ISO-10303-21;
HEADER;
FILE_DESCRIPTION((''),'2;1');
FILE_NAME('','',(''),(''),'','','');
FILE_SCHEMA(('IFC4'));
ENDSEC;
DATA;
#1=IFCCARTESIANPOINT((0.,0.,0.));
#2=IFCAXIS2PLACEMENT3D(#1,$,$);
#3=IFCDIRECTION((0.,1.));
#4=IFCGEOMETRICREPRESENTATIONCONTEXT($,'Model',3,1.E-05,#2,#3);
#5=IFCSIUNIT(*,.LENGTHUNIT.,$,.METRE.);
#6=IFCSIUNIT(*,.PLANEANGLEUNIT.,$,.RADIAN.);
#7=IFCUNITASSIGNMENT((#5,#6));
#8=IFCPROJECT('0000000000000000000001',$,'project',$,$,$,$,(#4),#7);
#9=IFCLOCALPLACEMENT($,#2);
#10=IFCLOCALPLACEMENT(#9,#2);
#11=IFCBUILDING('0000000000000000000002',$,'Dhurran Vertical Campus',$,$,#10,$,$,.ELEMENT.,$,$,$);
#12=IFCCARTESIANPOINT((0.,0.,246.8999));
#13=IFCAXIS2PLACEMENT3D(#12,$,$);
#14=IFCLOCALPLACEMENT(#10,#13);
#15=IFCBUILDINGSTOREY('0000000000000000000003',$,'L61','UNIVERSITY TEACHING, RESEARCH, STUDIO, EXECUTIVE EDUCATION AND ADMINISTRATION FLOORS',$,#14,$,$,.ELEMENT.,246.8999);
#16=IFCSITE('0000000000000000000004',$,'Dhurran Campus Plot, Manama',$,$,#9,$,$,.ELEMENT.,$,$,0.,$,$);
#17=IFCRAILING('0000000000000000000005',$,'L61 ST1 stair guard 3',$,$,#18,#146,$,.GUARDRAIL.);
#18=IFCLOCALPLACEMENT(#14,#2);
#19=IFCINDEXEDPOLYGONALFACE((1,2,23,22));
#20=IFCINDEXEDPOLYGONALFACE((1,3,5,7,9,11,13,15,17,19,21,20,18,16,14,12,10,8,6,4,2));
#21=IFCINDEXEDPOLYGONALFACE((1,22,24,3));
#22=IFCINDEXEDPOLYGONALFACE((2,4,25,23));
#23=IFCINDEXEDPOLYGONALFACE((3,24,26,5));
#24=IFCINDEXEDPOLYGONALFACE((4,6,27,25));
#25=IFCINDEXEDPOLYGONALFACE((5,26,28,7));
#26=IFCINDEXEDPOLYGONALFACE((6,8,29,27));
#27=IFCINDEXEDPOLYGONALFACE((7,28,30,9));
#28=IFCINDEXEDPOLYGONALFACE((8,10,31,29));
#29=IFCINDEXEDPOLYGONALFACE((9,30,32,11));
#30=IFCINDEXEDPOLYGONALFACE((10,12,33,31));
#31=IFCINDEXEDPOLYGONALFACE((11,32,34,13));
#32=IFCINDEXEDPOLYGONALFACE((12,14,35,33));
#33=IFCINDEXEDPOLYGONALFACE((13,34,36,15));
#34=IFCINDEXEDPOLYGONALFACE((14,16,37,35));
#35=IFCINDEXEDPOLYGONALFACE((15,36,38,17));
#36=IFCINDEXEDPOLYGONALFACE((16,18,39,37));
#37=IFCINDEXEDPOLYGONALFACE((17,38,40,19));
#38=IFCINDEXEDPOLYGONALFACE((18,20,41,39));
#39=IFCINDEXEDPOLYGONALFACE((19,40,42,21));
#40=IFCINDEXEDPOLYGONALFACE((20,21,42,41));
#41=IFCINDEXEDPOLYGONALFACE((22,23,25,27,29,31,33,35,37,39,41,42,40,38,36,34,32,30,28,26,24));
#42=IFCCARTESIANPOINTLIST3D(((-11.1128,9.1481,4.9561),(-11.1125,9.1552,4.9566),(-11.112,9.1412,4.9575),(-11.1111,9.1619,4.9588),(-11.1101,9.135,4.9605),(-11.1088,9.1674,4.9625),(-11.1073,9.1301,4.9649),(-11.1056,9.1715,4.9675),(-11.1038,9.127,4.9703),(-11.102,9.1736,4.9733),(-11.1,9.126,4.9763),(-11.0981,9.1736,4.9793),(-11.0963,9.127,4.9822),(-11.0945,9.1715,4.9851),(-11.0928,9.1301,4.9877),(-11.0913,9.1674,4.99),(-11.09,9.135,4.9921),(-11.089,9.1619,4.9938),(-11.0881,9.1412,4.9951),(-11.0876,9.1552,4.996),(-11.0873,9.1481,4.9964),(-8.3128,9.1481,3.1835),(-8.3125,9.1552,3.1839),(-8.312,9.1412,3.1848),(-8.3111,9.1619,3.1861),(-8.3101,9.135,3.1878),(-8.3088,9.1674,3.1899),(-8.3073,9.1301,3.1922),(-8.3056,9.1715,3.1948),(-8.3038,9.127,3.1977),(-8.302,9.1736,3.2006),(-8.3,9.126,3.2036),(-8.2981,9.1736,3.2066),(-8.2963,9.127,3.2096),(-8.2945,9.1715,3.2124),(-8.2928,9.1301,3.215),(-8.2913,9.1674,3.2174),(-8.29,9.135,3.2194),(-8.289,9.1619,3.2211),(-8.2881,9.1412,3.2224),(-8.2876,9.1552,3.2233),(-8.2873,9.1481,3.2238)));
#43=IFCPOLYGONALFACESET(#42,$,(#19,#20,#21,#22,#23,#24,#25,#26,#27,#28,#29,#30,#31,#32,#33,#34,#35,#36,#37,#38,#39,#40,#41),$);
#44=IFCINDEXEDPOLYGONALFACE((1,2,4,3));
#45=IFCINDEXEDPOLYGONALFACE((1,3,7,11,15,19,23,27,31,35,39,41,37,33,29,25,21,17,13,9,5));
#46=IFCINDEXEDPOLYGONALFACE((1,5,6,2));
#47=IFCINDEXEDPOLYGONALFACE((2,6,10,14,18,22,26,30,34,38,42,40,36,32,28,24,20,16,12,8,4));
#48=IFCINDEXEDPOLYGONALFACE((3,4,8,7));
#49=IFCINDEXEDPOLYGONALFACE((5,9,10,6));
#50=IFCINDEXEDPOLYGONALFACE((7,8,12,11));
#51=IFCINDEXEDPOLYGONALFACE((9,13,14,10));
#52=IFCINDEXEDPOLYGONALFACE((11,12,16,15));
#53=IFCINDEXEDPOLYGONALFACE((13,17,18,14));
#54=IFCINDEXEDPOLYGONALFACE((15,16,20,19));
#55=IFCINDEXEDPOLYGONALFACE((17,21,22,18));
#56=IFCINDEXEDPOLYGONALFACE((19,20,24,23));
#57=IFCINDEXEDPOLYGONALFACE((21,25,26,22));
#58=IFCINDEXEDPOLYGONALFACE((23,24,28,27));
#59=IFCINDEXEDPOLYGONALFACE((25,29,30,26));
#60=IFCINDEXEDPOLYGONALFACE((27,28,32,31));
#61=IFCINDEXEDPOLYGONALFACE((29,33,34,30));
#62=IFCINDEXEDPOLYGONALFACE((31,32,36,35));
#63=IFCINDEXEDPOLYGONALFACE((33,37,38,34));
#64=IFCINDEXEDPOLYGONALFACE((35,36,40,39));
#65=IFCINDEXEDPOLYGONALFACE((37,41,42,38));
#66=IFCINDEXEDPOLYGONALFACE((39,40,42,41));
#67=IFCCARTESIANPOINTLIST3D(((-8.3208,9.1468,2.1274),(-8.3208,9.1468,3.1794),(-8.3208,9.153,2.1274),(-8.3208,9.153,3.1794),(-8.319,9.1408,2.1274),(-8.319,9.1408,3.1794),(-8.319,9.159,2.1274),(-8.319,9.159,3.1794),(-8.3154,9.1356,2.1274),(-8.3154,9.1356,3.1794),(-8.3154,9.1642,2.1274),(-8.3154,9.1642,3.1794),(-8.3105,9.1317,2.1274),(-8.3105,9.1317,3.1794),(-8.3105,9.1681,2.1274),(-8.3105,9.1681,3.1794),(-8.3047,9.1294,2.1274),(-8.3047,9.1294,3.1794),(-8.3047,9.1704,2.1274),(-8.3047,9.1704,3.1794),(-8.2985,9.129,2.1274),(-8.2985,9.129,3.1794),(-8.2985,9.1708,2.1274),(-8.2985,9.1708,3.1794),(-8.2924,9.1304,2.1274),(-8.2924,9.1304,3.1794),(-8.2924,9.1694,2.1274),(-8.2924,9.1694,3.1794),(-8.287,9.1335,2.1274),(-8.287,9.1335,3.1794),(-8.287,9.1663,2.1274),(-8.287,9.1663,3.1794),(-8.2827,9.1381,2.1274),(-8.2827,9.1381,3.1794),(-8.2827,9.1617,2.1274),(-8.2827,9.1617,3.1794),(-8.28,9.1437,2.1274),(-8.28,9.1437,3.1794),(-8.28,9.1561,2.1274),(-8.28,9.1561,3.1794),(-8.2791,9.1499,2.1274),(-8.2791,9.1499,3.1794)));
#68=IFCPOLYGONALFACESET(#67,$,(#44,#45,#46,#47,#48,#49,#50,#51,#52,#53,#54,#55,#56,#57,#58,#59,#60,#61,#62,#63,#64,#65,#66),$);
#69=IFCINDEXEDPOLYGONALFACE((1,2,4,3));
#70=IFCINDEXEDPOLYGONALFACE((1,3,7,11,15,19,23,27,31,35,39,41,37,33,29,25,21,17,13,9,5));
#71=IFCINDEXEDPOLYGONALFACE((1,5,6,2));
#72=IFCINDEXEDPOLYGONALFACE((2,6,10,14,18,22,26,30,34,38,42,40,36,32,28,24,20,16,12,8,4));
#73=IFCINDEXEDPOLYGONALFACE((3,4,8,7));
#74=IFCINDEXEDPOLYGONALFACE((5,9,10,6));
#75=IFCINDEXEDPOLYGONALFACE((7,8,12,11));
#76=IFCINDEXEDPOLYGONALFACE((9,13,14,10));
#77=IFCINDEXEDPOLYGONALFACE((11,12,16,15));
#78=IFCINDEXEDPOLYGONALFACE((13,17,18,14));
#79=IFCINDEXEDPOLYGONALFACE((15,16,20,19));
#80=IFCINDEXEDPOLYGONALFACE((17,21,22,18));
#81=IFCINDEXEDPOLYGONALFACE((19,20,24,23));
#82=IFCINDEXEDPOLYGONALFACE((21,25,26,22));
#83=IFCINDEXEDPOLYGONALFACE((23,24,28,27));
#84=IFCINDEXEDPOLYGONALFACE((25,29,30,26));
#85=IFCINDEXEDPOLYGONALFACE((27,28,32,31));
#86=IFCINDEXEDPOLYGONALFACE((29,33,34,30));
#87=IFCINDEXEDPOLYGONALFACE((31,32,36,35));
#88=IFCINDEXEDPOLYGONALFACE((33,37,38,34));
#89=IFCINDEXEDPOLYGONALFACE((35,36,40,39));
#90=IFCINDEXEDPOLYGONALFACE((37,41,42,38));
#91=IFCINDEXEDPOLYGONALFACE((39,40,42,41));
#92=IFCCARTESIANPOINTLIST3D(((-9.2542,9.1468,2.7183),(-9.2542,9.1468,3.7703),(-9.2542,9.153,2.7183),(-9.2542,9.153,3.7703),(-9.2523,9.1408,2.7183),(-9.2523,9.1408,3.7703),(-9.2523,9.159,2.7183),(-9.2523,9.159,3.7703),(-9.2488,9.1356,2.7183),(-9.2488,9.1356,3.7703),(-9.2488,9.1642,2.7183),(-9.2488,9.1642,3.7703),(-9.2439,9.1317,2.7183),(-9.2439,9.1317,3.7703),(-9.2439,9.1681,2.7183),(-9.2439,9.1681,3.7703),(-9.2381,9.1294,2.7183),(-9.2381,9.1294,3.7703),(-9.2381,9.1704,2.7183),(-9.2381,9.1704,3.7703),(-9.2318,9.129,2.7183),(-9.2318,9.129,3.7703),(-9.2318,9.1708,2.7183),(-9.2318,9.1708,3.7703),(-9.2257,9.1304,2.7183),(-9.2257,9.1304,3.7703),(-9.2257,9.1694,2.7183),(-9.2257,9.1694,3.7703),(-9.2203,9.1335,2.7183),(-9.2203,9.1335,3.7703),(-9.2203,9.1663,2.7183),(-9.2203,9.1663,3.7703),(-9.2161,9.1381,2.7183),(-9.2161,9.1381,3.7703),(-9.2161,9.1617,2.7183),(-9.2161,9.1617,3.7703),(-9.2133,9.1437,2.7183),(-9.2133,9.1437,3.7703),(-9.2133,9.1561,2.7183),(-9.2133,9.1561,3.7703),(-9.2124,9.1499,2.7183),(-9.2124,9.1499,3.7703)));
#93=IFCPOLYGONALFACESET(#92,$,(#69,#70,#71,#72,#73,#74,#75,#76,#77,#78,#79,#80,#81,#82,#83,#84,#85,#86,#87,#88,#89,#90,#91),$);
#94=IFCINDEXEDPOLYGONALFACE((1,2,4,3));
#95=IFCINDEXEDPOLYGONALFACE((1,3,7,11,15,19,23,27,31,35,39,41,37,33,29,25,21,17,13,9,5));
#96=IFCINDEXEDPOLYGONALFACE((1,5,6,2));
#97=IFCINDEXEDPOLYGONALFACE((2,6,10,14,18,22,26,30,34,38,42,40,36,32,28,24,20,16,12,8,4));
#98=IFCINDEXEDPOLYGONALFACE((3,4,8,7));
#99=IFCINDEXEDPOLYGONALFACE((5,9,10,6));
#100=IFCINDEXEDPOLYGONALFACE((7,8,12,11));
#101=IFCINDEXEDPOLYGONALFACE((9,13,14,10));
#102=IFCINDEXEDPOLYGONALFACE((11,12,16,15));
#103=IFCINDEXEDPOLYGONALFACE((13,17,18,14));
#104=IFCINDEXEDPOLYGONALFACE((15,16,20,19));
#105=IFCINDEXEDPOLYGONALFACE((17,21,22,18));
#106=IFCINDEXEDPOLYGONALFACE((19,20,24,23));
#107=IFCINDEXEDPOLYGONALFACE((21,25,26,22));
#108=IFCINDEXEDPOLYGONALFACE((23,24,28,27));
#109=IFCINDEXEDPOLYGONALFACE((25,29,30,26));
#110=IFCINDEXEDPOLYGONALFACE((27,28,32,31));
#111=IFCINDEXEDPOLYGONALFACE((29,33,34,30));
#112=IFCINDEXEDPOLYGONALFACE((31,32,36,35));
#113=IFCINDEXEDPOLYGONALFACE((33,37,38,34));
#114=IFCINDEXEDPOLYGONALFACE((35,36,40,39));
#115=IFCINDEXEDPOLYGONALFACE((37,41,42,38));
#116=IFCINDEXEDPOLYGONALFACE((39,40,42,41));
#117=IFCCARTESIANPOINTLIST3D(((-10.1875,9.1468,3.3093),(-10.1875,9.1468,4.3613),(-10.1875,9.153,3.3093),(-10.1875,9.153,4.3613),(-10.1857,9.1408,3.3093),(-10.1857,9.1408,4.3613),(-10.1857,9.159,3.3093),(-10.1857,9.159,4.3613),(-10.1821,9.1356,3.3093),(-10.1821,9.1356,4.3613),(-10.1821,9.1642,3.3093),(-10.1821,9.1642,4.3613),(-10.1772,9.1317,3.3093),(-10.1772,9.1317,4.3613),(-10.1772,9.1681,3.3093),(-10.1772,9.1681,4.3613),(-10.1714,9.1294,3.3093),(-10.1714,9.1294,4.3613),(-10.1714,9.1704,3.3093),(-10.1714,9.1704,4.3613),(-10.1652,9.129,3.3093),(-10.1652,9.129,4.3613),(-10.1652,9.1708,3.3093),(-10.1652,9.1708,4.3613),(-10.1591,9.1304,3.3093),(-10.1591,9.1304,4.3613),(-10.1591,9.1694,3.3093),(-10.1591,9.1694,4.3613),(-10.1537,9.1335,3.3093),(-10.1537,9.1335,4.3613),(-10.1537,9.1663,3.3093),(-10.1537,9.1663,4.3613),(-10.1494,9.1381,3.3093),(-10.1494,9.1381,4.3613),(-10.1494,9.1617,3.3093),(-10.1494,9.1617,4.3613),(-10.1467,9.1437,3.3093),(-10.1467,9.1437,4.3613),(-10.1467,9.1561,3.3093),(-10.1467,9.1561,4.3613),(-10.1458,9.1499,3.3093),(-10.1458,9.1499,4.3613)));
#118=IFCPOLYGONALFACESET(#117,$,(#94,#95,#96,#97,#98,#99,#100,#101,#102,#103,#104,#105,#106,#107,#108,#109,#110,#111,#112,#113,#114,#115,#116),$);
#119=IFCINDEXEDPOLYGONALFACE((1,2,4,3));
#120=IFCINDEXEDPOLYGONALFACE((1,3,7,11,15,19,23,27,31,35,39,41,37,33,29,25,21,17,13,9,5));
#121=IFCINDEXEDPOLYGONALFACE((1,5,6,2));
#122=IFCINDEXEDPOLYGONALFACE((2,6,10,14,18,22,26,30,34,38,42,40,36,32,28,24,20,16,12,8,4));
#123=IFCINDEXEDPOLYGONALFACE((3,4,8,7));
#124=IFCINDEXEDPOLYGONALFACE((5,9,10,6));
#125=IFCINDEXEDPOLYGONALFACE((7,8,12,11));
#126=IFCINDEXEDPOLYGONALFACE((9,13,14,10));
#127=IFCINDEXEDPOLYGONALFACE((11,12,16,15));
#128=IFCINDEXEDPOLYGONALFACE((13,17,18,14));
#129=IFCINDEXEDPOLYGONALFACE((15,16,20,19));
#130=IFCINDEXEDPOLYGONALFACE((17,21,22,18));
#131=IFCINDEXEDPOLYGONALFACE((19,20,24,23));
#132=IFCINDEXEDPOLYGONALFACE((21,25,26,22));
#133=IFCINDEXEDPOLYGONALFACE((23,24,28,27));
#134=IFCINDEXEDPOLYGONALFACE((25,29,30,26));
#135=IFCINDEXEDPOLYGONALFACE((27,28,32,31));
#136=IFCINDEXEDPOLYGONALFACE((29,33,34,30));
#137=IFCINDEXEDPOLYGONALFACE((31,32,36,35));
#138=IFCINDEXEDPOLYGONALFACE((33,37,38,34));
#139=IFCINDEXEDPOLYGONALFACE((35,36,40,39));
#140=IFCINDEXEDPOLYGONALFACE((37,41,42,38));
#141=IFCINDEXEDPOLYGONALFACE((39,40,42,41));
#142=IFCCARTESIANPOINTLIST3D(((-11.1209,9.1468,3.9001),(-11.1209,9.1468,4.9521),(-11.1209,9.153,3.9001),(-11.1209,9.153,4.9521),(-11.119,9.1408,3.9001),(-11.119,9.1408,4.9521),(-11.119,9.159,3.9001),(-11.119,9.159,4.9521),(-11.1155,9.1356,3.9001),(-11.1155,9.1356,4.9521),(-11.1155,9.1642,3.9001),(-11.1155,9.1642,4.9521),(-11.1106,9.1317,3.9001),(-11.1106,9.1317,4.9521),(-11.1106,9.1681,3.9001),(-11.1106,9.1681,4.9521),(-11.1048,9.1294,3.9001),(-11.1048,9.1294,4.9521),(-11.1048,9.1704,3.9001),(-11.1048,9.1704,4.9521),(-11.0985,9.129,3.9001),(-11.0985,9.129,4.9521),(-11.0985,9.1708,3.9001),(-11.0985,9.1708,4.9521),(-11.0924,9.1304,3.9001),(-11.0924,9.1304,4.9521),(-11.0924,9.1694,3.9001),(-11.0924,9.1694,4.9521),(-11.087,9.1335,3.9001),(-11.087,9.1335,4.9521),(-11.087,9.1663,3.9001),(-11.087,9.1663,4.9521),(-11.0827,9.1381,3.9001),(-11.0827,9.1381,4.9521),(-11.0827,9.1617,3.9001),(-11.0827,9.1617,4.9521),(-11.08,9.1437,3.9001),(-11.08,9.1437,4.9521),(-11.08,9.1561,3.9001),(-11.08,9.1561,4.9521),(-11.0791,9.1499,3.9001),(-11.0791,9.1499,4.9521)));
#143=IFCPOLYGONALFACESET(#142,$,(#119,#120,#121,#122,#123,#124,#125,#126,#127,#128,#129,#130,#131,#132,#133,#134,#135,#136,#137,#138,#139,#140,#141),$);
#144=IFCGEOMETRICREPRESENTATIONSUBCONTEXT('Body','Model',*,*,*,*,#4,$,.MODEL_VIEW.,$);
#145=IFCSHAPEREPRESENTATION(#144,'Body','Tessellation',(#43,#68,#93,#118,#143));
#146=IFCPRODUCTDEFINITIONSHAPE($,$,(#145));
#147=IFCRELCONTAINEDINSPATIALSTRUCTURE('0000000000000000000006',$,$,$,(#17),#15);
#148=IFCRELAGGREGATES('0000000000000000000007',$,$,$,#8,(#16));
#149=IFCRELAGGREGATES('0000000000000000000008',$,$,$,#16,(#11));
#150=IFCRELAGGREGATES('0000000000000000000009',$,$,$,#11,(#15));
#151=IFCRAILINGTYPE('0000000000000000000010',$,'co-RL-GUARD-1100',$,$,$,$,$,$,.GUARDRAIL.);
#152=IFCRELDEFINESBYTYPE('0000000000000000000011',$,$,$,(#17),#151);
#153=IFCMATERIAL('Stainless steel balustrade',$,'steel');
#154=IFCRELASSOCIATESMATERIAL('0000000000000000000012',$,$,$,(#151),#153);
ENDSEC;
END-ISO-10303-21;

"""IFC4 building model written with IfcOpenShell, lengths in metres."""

from ifc_helpers import new_model, si_unit, direction, frame, origin, origin_2d, place, context, subcontext, project, spatial, circle, extrude, material, type_object, element, save


model = new_model("IFC4")

# Units and contexts
model_context = context("Model", 3, precision=1e-05, world=origin(), true_north=direction((0.0, 1.0)))
body_context = subcontext(model_context, "Body", "Model", "MODEL_VIEW")
ifc_project = project(units=[si_unit("LENGTHUNIT", "METRE"), si_unit("PLANEANGLEUNIT", "RADIAN")], contexts=[model_context])

# Site, building, storey
site_placement = place(None, origin())
site = spatial("IfcSite", under=ifc_project, at=site_placement, Name="Dhurran Campus Plot, Manama", CompositionType="ELEMENT", RefElevation=0.0)
building_placement = place(site_placement, origin())
building = spatial("IfcBuilding", under=site, at=building_placement, Name="Dhurran Vertical Campus", CompositionType="ELEMENT")
storey_placement = place(building_placement, frame((0.0, 0.0, 246.8999)))
storey = spatial("IfcBuildingStorey", under=building, at=storey_placement, Name="L61", Description="UNIVERSITY TEACHING, RESEARCH, STUDIO, EXECUTIVE EDUCATION AND ADMINISTRATION FLOORS", CompositionType="ELEMENT", Elevation=246.8999)

# Railing
ifc_material_1 = material(Name="Stainless steel balustrade", Category="steel")
railing_type_1 = type_object("IfcRailingType", Name="co-RL-GUARD-1100", PredefinedType="GUARDRAIL", material=ifc_material_1)
railing_1_placement = place(storey_placement, frame((-8.3, 9.1499, 2.1274)))
element("IfcRailing", 1, at=railing_1_placement, inside=storey, type_object=railing_type_1, Name="L61 ST1 stair guard 3", PredefinedType="GUARDRAIL", context=body_context, shape_type="SweptSolid", body=[
    extrude(circle(Radius=0.0239, at=origin_2d()), frame((0.0, 0.0, 1.0762), z_axis=(-0.844909, 0.0, 0.53491), x_axis=(0.0, -1.0, 0.0)), (0.0, 0.0, 1.0), 3.314),
    extrude(circle(Radius=0.021, at=origin_2d()), origin(), (0.0, 0.0, 1.0), 1.052),
    extrude(circle(Radius=0.021, at=origin_2d()), frame((-0.9333, 0.0, 0.5908)), (0.0, 0.0, 1.0), 1.052),
    extrude(circle(Radius=0.021, at=origin_2d()), frame((-1.8667, 0.0, 1.1819)), (0.0, 0.0, 1.0), 1.052),
    extrude(circle(Radius=0.021, at=origin_2d()), frame((-2.8, 0.0, 1.7727)), (0.0, 0.0, 1.0), 1.052),
])

save(model, "model.ifc")
